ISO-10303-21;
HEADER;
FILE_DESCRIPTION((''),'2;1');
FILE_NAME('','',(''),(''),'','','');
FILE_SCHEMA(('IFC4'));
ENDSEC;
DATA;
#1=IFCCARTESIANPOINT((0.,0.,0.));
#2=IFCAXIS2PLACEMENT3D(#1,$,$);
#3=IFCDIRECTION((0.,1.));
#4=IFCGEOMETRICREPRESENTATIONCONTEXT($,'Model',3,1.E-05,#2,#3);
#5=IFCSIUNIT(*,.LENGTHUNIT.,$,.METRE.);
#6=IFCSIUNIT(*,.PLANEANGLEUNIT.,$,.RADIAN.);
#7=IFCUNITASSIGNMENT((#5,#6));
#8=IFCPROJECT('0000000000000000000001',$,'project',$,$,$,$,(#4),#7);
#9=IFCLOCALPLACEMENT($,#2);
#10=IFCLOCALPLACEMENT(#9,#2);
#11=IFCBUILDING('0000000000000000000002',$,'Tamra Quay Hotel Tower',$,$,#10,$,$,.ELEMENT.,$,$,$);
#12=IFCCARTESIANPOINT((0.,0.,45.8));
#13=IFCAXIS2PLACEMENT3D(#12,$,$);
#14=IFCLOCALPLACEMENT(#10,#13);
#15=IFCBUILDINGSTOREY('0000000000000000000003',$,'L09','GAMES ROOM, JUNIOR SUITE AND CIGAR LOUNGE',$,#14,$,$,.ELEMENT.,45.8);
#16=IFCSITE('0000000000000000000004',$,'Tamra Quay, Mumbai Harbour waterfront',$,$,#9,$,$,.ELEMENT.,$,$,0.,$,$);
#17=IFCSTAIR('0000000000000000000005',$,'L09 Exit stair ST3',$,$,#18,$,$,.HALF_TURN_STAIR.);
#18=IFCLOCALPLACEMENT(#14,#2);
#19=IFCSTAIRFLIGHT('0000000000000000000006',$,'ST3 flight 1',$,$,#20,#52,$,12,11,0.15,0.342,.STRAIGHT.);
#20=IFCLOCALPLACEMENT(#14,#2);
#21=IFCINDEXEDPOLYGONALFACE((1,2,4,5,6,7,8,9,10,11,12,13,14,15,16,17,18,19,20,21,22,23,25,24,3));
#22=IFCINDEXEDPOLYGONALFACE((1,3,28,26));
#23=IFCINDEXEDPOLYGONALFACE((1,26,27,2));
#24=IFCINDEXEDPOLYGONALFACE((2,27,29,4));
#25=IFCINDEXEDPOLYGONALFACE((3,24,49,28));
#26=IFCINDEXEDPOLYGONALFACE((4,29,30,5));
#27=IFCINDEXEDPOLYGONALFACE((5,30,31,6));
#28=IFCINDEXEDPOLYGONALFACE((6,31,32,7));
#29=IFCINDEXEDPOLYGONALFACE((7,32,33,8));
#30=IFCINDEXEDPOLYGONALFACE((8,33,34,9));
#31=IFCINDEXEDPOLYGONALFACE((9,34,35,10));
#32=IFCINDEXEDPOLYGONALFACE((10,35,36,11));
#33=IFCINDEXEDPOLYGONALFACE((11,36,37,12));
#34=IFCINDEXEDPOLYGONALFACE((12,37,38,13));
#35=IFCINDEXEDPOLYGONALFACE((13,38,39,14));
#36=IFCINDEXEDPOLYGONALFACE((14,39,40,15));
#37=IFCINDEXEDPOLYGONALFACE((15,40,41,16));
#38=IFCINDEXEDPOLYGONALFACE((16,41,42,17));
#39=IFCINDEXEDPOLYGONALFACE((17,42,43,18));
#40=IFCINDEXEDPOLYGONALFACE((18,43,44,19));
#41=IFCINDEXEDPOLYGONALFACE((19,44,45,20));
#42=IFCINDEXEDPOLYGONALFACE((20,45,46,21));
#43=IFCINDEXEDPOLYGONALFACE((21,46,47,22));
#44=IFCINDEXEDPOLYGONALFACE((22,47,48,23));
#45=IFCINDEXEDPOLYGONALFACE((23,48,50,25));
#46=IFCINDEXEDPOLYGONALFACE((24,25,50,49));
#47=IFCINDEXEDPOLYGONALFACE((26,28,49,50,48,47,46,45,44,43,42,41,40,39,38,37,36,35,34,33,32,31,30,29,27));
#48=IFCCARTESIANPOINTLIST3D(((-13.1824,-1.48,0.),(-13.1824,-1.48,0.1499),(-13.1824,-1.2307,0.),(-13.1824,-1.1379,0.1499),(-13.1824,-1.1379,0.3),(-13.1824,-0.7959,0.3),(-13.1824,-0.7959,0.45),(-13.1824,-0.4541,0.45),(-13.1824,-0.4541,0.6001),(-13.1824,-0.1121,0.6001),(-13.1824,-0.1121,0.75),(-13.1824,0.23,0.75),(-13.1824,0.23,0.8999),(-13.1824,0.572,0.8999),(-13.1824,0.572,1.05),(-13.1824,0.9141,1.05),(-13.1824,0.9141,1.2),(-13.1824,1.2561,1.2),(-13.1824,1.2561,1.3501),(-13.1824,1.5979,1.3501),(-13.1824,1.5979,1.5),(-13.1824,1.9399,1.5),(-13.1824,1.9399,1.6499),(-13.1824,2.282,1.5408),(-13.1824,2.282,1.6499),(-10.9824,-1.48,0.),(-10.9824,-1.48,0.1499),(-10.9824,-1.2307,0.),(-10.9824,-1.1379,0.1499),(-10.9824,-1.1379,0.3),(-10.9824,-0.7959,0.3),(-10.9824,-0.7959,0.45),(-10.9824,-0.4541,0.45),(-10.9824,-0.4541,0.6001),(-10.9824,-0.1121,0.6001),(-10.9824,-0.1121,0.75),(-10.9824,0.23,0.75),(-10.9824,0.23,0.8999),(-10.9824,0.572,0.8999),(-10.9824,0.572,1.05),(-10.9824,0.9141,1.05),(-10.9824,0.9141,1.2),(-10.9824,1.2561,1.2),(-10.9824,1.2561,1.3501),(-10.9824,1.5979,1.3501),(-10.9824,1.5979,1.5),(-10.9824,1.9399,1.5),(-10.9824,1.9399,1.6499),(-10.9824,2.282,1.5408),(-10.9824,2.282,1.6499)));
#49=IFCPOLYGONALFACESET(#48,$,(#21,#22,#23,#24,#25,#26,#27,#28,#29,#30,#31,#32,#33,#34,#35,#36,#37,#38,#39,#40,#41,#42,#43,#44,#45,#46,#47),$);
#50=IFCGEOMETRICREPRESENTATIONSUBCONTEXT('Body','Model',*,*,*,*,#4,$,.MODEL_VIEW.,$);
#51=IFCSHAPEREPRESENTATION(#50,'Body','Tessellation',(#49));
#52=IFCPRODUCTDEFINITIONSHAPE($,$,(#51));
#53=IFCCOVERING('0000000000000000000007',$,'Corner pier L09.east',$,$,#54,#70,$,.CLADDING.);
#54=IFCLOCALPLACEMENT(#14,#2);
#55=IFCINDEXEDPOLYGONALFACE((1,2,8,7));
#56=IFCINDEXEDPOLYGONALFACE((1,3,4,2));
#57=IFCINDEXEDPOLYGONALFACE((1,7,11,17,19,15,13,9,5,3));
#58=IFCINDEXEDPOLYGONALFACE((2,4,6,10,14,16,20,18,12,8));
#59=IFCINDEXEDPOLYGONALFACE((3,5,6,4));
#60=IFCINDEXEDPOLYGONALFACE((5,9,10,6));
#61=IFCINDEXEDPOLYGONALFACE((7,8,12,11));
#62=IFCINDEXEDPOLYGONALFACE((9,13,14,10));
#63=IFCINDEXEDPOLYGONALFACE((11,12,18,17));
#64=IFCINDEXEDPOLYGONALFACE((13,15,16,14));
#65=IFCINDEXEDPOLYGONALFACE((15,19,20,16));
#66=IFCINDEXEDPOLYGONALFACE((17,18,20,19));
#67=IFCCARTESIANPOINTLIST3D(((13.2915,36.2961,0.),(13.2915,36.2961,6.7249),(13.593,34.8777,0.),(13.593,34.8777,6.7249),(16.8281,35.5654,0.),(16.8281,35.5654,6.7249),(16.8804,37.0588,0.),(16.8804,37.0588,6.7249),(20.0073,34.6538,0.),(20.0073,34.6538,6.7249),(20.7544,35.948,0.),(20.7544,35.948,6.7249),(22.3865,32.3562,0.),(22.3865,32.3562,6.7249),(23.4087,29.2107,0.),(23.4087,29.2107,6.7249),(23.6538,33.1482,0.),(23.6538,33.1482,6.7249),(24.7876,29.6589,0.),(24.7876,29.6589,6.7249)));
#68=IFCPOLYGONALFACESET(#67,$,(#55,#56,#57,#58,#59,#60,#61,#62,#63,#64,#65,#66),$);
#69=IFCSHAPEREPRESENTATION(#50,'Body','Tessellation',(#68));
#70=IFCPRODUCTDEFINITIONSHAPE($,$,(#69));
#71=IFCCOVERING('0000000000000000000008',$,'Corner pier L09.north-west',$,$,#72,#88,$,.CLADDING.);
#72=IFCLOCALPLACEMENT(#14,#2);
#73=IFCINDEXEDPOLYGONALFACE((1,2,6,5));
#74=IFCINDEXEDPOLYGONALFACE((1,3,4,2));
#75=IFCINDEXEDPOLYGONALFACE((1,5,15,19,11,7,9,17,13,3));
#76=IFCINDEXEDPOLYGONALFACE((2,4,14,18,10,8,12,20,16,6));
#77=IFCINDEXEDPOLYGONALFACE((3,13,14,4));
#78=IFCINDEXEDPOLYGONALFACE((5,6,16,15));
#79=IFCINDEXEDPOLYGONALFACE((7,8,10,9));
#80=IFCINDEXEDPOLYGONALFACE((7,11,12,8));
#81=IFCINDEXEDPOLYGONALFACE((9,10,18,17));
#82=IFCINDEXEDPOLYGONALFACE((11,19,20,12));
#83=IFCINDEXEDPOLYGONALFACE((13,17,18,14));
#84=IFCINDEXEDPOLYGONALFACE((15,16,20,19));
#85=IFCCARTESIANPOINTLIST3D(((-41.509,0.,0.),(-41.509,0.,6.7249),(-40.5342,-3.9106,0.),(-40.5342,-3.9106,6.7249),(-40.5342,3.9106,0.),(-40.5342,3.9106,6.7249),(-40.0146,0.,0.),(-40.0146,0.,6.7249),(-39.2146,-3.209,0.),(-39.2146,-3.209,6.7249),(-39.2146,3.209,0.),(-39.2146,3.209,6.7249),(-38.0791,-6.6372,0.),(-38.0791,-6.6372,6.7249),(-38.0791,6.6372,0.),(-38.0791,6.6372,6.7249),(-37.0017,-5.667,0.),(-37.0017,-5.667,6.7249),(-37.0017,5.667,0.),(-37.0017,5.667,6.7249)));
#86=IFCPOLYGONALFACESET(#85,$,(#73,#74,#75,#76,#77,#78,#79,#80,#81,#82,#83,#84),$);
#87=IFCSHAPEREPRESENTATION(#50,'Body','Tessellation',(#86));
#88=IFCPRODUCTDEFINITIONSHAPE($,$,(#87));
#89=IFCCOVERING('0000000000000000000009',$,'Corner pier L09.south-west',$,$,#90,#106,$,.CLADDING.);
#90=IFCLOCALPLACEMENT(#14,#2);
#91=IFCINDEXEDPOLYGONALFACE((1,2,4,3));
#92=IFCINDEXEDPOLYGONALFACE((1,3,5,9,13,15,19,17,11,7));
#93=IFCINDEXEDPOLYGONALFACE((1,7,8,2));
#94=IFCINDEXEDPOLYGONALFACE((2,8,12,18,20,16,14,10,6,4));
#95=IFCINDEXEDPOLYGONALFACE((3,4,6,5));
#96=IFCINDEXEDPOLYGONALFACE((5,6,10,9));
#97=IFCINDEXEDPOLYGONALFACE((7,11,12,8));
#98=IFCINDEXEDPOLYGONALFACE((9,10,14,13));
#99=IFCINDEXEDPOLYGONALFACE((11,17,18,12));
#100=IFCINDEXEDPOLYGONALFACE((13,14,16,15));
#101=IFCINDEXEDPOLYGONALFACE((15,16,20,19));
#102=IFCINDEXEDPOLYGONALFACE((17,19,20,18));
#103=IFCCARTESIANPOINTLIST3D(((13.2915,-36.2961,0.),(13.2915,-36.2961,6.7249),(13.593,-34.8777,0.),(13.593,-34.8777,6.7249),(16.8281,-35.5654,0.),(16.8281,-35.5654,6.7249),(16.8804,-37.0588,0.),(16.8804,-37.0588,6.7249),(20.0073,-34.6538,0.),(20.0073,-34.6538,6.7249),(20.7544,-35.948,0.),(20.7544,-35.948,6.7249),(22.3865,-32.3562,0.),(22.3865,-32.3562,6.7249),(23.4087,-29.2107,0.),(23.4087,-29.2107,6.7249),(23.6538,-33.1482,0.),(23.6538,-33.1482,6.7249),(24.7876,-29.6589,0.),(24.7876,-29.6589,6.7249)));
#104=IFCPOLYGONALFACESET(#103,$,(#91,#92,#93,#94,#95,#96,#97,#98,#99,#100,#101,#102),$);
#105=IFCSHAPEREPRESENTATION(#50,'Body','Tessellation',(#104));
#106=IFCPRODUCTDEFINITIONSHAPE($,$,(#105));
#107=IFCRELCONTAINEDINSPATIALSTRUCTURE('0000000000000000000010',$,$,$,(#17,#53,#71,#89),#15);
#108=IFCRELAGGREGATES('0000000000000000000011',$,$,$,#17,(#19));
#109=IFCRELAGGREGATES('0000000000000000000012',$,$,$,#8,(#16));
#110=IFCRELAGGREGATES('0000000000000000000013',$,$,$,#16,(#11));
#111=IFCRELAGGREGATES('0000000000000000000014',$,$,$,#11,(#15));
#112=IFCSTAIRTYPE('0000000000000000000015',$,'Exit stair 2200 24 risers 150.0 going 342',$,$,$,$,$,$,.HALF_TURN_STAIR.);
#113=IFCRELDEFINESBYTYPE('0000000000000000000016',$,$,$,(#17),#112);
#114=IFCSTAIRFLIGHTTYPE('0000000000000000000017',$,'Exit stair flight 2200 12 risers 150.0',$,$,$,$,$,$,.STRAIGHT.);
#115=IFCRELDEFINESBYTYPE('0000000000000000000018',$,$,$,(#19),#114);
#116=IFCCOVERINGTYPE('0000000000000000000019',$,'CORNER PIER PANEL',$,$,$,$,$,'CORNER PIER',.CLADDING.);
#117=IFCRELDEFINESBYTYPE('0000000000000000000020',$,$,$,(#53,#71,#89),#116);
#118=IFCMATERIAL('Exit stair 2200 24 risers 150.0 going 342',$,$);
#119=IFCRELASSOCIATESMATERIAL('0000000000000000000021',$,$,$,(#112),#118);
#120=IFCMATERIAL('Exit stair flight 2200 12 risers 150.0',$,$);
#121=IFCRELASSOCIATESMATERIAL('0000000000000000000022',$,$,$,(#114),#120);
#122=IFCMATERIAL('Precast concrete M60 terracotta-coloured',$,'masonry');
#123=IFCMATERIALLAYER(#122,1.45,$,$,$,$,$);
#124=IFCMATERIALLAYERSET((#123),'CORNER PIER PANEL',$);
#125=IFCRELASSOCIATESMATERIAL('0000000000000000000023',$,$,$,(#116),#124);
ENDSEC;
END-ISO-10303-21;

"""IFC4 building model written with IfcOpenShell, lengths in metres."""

from ifc_helpers import new_model, si_unit, direction, frame, origin, place, context, subcontext, project, spatial, polyline, outline, extrude, material, layer, layer_set, type_object, element, aggregate, save


model = new_model("IFC4")

# Units and contexts
model_context = context("Model", 3, precision=1e-05, world=origin(), true_north=direction((0.0, 1.0)))
body_context = subcontext(model_context, "Body", "Model", "MODEL_VIEW")
ifc_project = project(units=[si_unit("LENGTHUNIT", "METRE"), si_unit("PLANEANGLEUNIT", "RADIAN")], contexts=[model_context])

# Site, building, storey
site_placement = place(None, origin())
site = spatial("IfcSite", under=ifc_project, at=site_placement, Name="Tamra Quay, Mumbai Harbour waterfront", CompositionType="ELEMENT", RefElevation=0.0)
building_placement = place(site_placement, origin())
building = spatial("IfcBuilding", under=site, at=building_placement, Name="Tamra Quay Hotel Tower", CompositionType="ELEMENT")
storey_placement = place(building_placement, frame((0.0, 0.0, 45.8)))
storey = spatial("IfcBuildingStorey", under=building, at=storey_placement, Name="L09", Description="GAMES ROOM, JUNIOR SUITE AND CIGAR LOUNGE", CompositionType="ELEMENT", Elevation=45.8)

# Stair
ifc_material_1 = material(Name="Exit stair 2200 24 risers 150.0 going 342")
stair_type = type_object("IfcStairType", Name="Exit stair 2200 24 risers 150.0 going 342", PredefinedType="HALF_TURN_STAIR", material=ifc_material_1)
stair_1_placement = place(storey_placement, origin())
stair_1 = element("IfcStair", 1, at=stair_1_placement, inside=storey, type_object=stair_type, Name="L09 Exit stair ST3", PredefinedType="HALF_TURN_STAIR")

# Stair flight
ifc_material_2 = material(Name="Exit stair flight 2200 12 risers 150.0")
stair_flight_type = type_object("IfcStairFlightType", Name="Exit stair flight 2200 12 risers 150.0", PredefinedType="STRAIGHT", material=ifc_material_2)
stair_flight_placement = place(storey_placement, frame((-12.0823, -1.48, 0.0), z_axis=(0.0, 0.0, 1.0), x_axis=(0.0, 1.0, 0.0)))
stair_flight = element("IfcStairFlight", 2, at=stair_flight_placement, type_object=stair_flight_type, Name="ST3 flight 1", NumberOfRisers=12, NumberOfTreads=11, PredefinedType="STRAIGHT", RiserHeight=0.15, TreadLength=0.342, context=body_context, shape_type="SweptSolid", body=[
    extrude(outline(polyline([(0.0, 0.0), (0.0, 0.1499), (0.342, 0.1499), (0.342, 0.3), (0.6841, 0.3), (0.6841, 0.45), (1.0259, 0.45), (1.0259, 0.6001), (1.3679, 0.6001), (1.3679, 0.75), (1.71, 0.75), (1.71, 0.8999), (2.052, 0.8999), (2.052, 1.05), (2.394, 1.05), (2.394, 1.2), (2.7361, 1.2), (2.7361, 1.3501), (3.0779, 1.3501), (3.0779, 1.5), (3.4199, 1.5), (3.4199, 1.6499), (3.762, 1.6499), (3.762, 1.8), (3.762, 1.5408), (0.2493, 0.0), (0.0, 0.0)])), frame((0.0, 1.1001, 0.0), z_axis=(0.0, -1.0, 0.0), x_axis=(1.0, 0.0, 0.0)), (0.0, 0.0, 1.0), 2.2),
])
aggregate(stair_1, [stair_flight])

# Coverings
ifc_material_3 = material(Name="Precast concrete M60 terracotta-coloured", Category="masonry")
ifc_layer_1 = layer(ifc_material_3, 1.45)
ifc_layer_set_1 = layer_set([ifc_layer_1], Name="CORNER PIER PANEL")
covering_type = type_object("IfcCoveringType", Name="CORNER PIER PANEL", ElementType="CORNER PIER", PredefinedType="CLADDING", material=ifc_layer_set_1)
covering_1_placement = place(storey_placement, origin())
element("IfcCovering", 3, at=covering_1_placement, inside=storey, type_object=covering_type, Name="Corner pier L09.east", PredefinedType="CLADDING", context=body_context, shape_type="SweptSolid", body=[
    extrude(outline(polyline([(23.4087, 29.2107), (24.7876, 29.6589), (23.6538, 33.1482), (20.7544, 35.948), (16.8804, 37.0588), (13.2915, 36.2961), (13.593, 34.8777), (16.8281, 35.5654), (20.0073, 34.6538), (22.3865, 32.3562), (23.4087, 29.2107)])), origin(), (0.0, 0.0, 1.0), 6.7249),
])
covering_2_placement = place(storey_placement, origin())
element("IfcCovering", 4, at=covering_2_placement, inside=storey, type_object=covering_type, Name="Corner pier L09.north-west", PredefinedType="CLADDING", context=body_context, shape_type="SweptSolid", body=[
    extrude(outline(polyline([(-37.0017, 5.667), (-38.0791, 6.6372), (-40.5342, 3.9106), (-41.509, 0.0), (-40.5342, -3.9106), (-38.0791, -6.6372), (-37.0017, -5.667), (-39.2146, -3.209), (-40.0146, 0.0), (-39.2146, 3.209), (-37.0017, 5.667)])), origin(), (0.0, 0.0, 1.0), 6.7249),
])
covering_3_placement = place(storey_placement, origin())
element("IfcCovering", 5, at=covering_3_placement, inside=storey, type_object=covering_type, Name="Corner pier L09.south-west", PredefinedType="CLADDING", context=body_context, shape_type="SweptSolid", body=[
    extrude(outline(polyline([(13.593, -34.8777), (13.2915, -36.2961), (16.8804, -37.0588), (20.7544, -35.948), (23.6538, -33.1482), (24.7876, -29.6589), (23.4087, -29.2107), (22.3865, -32.3562), (20.0073, -34.6538), (16.8281, -35.5654), (13.593, -34.8777)])), origin(), (0.0, 0.0, 1.0), 6.7249),
])

save(model, "model.ifc")
